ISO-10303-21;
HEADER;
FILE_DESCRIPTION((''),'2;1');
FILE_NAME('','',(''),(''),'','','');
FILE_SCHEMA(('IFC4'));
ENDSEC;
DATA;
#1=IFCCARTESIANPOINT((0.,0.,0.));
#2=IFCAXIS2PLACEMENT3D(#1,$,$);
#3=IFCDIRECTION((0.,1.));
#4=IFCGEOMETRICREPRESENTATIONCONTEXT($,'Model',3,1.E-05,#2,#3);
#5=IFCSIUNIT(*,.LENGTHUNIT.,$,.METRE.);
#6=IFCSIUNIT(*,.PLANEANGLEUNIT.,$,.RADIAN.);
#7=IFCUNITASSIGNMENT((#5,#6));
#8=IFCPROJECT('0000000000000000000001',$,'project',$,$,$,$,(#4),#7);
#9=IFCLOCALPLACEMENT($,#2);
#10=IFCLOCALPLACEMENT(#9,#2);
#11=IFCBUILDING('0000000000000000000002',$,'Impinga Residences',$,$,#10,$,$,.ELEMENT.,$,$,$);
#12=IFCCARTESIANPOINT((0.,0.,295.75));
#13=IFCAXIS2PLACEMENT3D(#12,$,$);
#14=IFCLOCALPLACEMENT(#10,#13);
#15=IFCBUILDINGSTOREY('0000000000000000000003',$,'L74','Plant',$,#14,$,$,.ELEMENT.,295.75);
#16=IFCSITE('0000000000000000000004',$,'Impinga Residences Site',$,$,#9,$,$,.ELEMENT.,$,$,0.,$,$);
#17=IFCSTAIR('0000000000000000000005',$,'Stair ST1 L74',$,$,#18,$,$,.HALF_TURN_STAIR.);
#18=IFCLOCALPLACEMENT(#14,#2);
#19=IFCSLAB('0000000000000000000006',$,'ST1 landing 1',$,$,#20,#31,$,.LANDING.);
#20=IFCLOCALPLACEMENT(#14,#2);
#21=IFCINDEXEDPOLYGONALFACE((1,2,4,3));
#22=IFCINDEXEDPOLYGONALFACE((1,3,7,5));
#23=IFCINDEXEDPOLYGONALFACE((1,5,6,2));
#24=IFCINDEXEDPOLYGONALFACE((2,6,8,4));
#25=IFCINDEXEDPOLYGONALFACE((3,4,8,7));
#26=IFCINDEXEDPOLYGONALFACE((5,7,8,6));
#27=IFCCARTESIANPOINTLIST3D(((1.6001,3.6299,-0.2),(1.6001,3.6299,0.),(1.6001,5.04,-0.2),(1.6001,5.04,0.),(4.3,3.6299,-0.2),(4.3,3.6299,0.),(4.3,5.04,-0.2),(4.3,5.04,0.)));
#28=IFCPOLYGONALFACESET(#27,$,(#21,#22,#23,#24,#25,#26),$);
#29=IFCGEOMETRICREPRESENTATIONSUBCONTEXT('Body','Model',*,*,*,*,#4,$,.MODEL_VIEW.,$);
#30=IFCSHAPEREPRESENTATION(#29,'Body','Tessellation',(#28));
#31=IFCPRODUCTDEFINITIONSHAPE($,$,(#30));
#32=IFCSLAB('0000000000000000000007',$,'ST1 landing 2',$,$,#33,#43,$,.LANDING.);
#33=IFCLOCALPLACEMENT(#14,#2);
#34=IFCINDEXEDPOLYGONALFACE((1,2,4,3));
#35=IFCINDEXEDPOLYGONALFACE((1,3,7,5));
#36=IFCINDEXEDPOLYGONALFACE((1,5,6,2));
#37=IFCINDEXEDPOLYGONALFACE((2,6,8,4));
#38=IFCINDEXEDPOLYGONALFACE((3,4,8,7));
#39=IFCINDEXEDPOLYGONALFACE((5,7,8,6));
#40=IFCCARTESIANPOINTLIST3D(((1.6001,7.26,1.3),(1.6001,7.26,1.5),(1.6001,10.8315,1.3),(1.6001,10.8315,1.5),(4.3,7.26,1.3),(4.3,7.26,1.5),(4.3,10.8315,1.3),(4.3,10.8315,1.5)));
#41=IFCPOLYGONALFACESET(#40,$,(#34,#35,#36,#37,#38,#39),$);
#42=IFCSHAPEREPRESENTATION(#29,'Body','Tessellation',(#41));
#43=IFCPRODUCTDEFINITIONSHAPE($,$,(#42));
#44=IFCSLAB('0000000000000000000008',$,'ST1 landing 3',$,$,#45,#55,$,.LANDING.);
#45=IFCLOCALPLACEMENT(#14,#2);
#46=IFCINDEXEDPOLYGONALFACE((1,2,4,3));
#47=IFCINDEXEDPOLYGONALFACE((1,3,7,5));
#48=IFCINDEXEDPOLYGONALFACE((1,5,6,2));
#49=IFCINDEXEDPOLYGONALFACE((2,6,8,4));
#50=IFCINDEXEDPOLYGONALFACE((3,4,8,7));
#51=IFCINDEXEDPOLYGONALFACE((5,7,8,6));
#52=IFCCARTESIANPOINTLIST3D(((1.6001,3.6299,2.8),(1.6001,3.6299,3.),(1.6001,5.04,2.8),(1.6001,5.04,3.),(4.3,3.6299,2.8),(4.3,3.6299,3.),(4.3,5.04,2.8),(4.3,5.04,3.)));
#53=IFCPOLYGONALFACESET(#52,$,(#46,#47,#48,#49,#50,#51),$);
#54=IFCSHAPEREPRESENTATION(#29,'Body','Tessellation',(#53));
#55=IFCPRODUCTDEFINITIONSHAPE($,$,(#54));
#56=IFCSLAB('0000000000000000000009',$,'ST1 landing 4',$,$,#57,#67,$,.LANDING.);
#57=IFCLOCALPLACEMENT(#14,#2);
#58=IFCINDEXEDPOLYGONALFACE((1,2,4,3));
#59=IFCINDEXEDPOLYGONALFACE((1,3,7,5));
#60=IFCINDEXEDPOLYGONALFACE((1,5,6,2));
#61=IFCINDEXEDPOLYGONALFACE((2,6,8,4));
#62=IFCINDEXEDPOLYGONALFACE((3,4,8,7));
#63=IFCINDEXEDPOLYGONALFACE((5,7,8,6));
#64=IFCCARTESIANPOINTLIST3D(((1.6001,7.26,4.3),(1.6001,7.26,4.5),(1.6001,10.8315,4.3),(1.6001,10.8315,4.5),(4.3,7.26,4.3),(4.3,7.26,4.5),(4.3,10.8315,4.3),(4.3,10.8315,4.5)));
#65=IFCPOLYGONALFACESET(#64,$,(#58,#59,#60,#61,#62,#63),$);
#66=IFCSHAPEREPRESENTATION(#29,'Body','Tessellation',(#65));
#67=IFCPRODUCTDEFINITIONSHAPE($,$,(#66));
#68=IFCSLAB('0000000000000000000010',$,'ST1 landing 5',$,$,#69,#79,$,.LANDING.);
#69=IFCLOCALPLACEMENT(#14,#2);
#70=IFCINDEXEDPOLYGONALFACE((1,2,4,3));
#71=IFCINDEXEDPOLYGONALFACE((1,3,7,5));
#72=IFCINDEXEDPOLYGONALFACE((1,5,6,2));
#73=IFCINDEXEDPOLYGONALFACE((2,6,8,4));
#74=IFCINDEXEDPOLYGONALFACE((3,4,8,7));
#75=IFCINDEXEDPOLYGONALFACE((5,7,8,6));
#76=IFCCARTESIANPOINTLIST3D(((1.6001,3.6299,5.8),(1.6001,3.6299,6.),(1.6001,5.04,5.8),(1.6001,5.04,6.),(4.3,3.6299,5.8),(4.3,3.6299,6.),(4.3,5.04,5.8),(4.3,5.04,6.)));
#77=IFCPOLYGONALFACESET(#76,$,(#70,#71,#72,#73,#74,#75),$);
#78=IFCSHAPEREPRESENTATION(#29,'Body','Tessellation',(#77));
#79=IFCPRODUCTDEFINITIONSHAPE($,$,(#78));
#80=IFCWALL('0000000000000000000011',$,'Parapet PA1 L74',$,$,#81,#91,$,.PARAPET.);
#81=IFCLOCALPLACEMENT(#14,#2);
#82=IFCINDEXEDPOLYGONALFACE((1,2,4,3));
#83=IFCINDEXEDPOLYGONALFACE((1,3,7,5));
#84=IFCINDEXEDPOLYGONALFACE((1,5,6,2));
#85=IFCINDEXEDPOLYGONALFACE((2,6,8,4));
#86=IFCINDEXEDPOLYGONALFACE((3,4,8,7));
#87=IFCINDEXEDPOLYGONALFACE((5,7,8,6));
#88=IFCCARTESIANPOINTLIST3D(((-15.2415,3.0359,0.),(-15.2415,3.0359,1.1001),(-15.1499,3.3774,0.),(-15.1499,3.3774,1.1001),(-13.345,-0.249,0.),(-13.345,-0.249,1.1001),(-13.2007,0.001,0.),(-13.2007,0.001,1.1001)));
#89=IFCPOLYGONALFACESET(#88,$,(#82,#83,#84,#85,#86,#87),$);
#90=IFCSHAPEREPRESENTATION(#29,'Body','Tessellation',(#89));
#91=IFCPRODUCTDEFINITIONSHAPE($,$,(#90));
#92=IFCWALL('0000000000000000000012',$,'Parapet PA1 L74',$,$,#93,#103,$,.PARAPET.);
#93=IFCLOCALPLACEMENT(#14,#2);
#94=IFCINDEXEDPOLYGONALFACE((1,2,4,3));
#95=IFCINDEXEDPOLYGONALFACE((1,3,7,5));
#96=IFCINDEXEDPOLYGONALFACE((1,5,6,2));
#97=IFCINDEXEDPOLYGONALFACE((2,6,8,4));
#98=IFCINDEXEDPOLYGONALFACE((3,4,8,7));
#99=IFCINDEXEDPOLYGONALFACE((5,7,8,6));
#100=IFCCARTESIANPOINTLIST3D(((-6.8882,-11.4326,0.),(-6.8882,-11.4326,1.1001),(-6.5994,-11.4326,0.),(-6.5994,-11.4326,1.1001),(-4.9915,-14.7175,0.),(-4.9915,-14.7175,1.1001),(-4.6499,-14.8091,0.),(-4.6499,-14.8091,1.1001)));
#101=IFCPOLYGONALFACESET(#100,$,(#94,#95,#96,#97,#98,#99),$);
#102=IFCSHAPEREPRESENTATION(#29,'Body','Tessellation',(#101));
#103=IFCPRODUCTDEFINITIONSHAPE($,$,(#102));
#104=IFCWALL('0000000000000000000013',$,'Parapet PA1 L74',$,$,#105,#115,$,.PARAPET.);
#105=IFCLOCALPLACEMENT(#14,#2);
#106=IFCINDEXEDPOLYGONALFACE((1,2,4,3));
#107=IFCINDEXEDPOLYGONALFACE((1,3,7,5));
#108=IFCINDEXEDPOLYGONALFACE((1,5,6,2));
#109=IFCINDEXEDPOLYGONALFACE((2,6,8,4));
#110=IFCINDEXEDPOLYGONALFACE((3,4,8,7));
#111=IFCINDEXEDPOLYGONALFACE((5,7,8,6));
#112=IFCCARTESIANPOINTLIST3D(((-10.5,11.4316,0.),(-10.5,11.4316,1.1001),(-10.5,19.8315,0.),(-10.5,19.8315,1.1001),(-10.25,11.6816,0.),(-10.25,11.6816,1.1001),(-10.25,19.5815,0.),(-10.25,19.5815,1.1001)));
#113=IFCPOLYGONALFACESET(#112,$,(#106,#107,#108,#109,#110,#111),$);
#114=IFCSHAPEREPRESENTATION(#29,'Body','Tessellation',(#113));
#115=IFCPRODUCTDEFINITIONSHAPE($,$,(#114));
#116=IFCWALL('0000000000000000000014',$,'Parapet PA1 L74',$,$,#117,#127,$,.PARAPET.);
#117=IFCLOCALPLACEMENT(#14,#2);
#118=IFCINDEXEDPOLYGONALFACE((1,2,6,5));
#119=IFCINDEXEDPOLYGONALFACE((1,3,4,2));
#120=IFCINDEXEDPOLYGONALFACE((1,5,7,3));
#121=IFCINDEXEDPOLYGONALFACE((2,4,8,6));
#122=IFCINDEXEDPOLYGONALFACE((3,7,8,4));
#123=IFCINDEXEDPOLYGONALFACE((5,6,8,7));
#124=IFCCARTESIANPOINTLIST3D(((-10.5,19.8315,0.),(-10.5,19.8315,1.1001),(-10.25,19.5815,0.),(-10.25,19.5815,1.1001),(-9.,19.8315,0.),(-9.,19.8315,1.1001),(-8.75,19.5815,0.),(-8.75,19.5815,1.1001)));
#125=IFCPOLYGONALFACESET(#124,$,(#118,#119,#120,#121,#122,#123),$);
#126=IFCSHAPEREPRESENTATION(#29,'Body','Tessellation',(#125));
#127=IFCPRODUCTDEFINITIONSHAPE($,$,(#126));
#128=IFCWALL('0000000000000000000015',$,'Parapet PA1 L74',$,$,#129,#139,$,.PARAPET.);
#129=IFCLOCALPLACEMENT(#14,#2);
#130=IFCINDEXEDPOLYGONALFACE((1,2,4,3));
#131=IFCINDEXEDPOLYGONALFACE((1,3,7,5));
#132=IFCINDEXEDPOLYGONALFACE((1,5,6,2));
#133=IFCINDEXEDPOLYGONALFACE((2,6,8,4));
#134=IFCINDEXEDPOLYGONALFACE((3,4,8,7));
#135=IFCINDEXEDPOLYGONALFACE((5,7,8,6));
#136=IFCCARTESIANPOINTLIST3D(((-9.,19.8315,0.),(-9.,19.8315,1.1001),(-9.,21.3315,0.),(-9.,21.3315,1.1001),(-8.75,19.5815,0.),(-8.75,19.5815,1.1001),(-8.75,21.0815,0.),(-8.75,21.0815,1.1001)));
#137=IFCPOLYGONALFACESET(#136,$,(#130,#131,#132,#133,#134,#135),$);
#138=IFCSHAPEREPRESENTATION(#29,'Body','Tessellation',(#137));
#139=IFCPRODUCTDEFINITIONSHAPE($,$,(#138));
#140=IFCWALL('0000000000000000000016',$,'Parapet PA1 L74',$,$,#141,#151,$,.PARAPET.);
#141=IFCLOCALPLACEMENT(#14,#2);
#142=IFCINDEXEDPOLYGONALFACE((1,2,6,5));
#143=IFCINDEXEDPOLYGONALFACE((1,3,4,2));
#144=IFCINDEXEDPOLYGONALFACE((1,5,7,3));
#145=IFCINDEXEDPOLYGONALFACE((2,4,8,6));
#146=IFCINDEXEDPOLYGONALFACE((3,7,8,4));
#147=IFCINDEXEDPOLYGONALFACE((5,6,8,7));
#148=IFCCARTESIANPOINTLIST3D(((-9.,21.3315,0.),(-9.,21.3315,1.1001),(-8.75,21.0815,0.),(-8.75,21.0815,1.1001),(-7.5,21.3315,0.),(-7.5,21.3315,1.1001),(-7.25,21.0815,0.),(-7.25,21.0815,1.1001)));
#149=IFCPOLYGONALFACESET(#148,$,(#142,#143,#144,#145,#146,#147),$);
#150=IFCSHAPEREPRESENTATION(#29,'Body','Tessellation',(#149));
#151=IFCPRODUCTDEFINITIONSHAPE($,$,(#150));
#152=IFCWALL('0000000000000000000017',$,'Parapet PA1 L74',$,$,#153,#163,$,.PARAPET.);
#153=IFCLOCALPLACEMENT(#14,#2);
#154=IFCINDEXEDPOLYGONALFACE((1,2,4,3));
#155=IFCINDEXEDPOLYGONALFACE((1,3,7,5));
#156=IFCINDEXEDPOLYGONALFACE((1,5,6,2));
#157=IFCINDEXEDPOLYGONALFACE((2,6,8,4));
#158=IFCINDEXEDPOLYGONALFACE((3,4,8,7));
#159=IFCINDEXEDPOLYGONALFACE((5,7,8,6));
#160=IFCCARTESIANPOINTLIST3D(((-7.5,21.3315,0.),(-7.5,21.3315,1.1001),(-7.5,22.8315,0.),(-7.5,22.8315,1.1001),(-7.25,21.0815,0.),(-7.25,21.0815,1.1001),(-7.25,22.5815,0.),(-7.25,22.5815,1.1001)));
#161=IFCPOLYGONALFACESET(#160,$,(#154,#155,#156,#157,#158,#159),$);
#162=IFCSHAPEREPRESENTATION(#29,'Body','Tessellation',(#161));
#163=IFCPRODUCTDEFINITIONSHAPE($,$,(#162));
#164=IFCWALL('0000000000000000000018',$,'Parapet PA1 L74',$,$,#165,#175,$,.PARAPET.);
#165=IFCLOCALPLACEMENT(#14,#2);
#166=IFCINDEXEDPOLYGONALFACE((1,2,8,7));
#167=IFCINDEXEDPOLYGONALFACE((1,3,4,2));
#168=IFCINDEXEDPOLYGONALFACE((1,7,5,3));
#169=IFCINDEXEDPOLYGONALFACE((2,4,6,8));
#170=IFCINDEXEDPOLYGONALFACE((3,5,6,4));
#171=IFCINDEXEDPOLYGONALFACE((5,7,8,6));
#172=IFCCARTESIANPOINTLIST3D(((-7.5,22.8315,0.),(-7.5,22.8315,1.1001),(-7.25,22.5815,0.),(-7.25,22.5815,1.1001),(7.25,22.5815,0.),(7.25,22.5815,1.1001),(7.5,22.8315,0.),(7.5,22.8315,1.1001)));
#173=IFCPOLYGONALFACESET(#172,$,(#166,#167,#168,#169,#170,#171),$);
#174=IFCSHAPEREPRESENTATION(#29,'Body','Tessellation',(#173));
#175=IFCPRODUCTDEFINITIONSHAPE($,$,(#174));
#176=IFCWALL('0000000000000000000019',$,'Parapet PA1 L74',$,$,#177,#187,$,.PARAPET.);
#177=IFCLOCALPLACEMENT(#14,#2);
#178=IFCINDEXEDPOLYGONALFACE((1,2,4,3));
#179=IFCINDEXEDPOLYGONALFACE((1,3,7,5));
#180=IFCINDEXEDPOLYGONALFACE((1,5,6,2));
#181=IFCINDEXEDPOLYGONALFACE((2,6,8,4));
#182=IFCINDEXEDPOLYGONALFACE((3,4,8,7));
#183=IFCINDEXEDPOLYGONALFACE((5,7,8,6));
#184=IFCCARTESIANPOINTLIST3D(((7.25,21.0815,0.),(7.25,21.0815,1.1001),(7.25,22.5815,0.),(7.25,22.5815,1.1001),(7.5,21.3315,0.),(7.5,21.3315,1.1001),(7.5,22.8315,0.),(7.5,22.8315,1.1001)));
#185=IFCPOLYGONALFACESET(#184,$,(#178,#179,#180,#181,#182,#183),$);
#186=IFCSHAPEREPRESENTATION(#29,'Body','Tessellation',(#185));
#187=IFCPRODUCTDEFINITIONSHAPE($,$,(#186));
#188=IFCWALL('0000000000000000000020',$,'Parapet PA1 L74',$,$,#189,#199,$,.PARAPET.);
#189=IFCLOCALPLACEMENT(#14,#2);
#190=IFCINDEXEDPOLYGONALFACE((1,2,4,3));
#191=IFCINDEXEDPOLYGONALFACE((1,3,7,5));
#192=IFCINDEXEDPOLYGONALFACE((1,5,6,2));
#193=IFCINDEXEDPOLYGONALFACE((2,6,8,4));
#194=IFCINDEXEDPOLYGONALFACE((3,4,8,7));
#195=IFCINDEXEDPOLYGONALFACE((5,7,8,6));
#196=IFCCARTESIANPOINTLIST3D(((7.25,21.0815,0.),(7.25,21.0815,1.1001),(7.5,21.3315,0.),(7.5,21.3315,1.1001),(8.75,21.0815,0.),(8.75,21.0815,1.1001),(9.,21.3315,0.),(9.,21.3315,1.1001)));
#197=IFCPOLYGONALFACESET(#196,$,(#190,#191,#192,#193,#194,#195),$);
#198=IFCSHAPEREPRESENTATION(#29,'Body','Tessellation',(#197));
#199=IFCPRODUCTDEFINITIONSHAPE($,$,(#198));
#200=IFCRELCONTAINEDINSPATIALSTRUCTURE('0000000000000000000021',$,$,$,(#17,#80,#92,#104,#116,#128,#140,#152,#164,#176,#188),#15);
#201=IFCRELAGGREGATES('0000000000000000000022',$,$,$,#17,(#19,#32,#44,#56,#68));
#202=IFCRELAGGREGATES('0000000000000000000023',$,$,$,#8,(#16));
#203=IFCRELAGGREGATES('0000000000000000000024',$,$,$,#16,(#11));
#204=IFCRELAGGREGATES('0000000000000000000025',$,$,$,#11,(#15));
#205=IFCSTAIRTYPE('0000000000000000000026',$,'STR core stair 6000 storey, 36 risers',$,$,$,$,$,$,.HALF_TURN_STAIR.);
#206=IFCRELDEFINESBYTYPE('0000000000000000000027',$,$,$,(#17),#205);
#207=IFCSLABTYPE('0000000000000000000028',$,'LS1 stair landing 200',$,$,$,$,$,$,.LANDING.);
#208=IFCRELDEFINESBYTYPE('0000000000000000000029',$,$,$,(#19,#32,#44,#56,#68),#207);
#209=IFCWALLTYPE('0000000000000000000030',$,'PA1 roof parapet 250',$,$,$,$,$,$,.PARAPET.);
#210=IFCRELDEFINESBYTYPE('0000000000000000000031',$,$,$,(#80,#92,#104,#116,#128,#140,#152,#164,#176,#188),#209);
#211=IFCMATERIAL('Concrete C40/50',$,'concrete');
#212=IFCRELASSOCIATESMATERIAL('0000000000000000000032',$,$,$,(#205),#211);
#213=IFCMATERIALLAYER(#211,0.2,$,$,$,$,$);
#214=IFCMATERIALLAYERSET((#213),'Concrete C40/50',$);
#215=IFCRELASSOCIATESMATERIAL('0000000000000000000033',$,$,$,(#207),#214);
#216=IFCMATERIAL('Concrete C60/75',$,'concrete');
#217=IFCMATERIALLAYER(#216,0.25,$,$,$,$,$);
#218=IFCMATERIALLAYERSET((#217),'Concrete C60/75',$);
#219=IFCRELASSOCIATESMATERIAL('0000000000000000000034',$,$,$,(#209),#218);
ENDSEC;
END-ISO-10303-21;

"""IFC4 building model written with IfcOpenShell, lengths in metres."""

from ifc_helpers import new_model, si_unit, direction, frame, origin, place, context, subcontext, project, spatial, polyline, outline, extrude, material, layer, layer_set, type_object, element, aggregate, save


model = new_model("IFC4")

# Units and contexts
model_context = context("Model", 3, precision=1e-05, world=origin(), true_north=direction((0.0, 1.0)))
body_context = subcontext(model_context, "Body", "Model", "MODEL_VIEW")
ifc_project = project(units=[si_unit("LENGTHUNIT", "METRE"), si_unit("PLANEANGLEUNIT", "RADIAN")], contexts=[model_context])

# Site, building, storey
site_placement = place(None, origin())
site = spatial("IfcSite", under=ifc_project, at=site_placement, Name="Impinga Residences Site", CompositionType="ELEMENT", RefElevation=0.0)
building_placement = place(site_placement, origin())
building = spatial("IfcBuilding", under=site, at=building_placement, Name="Impinga Residences", CompositionType="ELEMENT")
storey_placement = place(building_placement, frame((0.0, 0.0, 295.75)))
storey = spatial("IfcBuildingStorey", under=building, at=storey_placement, Name="L74", Description="Plant", CompositionType="ELEMENT", Elevation=295.75)

# Stair, slabs
ifc_material_1 = material(Name="Concrete C40/50", Category="concrete")
stair_type = type_object("IfcStairType", Name="STR core stair 6000 storey, 36 risers", PredefinedType="HALF_TURN_STAIR", material=ifc_material_1)
stair_placement = place(storey_placement, origin())
stair = element("IfcStair", 1, at=stair_placement, inside=storey, type_object=stair_type, Name="Stair ST1 L74", PredefinedType="HALF_TURN_STAIR")
ifc_layer_1 = layer(ifc_material_1, 0.2)
ifc_layer_set_1 = layer_set([ifc_layer_1], Name="Concrete C40/50")
slab_type = type_object("IfcSlabType", Name="LS1 stair landing 200", PredefinedType="LANDING", material=ifc_layer_set_1)
slab_1_placement = place(storey_placement, frame((0.0, 0.0, -0.2)))
slab_1 = element("IfcSlab", 2, at=slab_1_placement, type_object=slab_type, Name="ST1 landing 1", PredefinedType="LANDING", context=body_context, shape_type="SweptSolid", body=[
    extrude(outline(polyline([(1.6001, 3.6299), (4.3, 3.6299), (4.3, 5.04), (1.6001, 5.04), (1.6001, 3.6299)])), origin(), (0.0, 0.0, 1.0), 0.2),
])
slab_2_placement = place(storey_placement, frame((0.0, 0.0, 1.3)))
slab_2 = element("IfcSlab", 3, at=slab_2_placement, type_object=slab_type, Name="ST1 landing 2", PredefinedType="LANDING", context=body_context, shape_type="SweptSolid", body=[
    extrude(outline(polyline([(1.6001, 7.26), (4.3, 7.26), (4.3, 10.8315), (1.6001, 10.8315), (1.6001, 7.26)])), origin(), (0.0, 0.0, 1.0), 0.2),
])
slab_3_placement = place(storey_placement, frame((0.0, 0.0, 2.8)))
slab_3 = element("IfcSlab", 4, at=slab_3_placement, type_object=slab_type, Name="ST1 landing 3", PredefinedType="LANDING", context=body_context, shape_type="SweptSolid", body=[
    extrude(outline(polyline([(1.6001, 3.6299), (4.3, 3.6299), (4.3, 5.04), (1.6001, 5.04), (1.6001, 3.6299)])), origin(), (0.0, 0.0, 1.0), 0.2),
])
slab_4_placement = place(storey_placement, frame((0.0, 0.0, 4.3)))
slab_4 = element("IfcSlab", 5, at=slab_4_placement, type_object=slab_type, Name="ST1 landing 4", PredefinedType="LANDING", context=body_context, shape_type="SweptSolid", body=[
    extrude(outline(polyline([(1.6001, 7.26), (4.3, 7.26), (4.3, 10.8315), (1.6001, 10.8315), (1.6001, 7.26)])), origin(), (0.0, 0.0, 1.0), 0.2),
])
slab_5_placement = place(storey_placement, frame((0.0, 0.0, 5.8)))
slab_5 = element("IfcSlab", 6, at=slab_5_placement, type_object=slab_type, Name="ST1 landing 5", PredefinedType="LANDING", context=body_context, shape_type="SweptSolid", body=[
    extrude(outline(polyline([(1.6001, 3.6299), (4.3, 3.6299), (4.3, 5.04), (1.6001, 5.04), (1.6001, 3.6299)])), origin(), (0.0, 0.0, 1.0), 0.2),
])
aggregate(stair, [slab_1, slab_2, slab_3, slab_4, slab_5])

# Walls
ifc_material_2 = material(Name="Concrete C60/75", Category="concrete")
ifc_layer_2 = layer(ifc_material_2, 0.25)
ifc_layer_set_2 = layer_set([ifc_layer_2], Name="Concrete C60/75")
wall_type_1 = type_object("IfcWallType", Name="PA1 roof parapet 250", PredefinedType="PARAPET", material=ifc_layer_set_2)
wall_1_placement = place(storey_placement, origin())
element("IfcWall", 7, at=wall_1_placement, inside=storey, type_object=wall_type_1, Name="Parapet PA1 L74", PredefinedType="PARAPET", context=body_context, shape_type="SweptSolid", body=[
    extrude(outline(polyline([(-15.1499, 3.3774), (-13.2007, 0.001), (-13.345, -0.249), (-15.2415, 3.0359), (-15.1499, 3.3774)])), origin(), (0.0, 0.0, 1.0), 1.1001),
])
wall_2_placement = place(storey_placement, origin())
element("IfcWall", 8, at=wall_2_placement, inside=storey, type_object=wall_type_1, Name="Parapet PA1 L74", PredefinedType="PARAPET", context=body_context, shape_type="SweptSolid", body=[
    extrude(outline(polyline([(-6.5994, -11.4326), (-4.6499, -14.8091), (-4.9915, -14.7175), (-6.8882, -11.4326), (-6.5994, -11.4326)])), origin(), (0.0, 0.0, 1.0), 1.1001),
])
wall_3_placement = place(storey_placement, origin())
element("IfcWall", 9, at=wall_3_placement, inside=storey, type_object=wall_type_1, Name="Parapet PA1 L74", PredefinedType="PARAPET", context=body_context, shape_type="SweptSolid", body=[
    extrude(outline(polyline([(-10.5, 11.4316), (-10.5, 19.8315), (-10.25, 19.5815), (-10.25, 11.6816), (-10.5, 11.4316)])), origin(), (0.0, 0.0, 1.0), 1.1001),
])
wall_4_placement = place(storey_placement, origin())
element("IfcWall", 10, at=wall_4_placement, inside=storey, type_object=wall_type_1, Name="Parapet PA1 L74", PredefinedType="PARAPET", context=body_context, shape_type="SweptSolid", body=[
    extrude(outline(polyline([(-10.5, 19.8315), (-9.0, 19.8315), (-8.75, 19.5815), (-10.25, 19.5815), (-10.5, 19.8315)])), origin(), (0.0, 0.0, 1.0), 1.1001),
])
wall_5_placement = place(storey_placement, origin())
element("IfcWall", 11, at=wall_5_placement, inside=storey, type_object=wall_type_1, Name="Parapet PA1 L74", PredefinedType="PARAPET", context=body_context, shape_type="SweptSolid", body=[
    extrude(outline(polyline([(-9.0, 19.8315), (-9.0, 21.3315), (-8.75, 21.0815), (-8.75, 19.5815), (-9.0, 19.8315)])), origin(), (0.0, 0.0, 1.0), 1.1001),
])
wall_6_placement = place(storey_placement, origin())
element("IfcWall", 12, at=wall_6_placement, inside=storey, type_object=wall_type_1, Name="Parapet PA1 L74", PredefinedType="PARAPET", context=body_context, shape_type="SweptSolid", body=[
    extrude(outline(polyline([(-9.0, 21.3315), (-7.5, 21.3315), (-7.25, 21.0815), (-8.75, 21.0815), (-9.0, 21.3315)])), origin(), (0.0, 0.0, 1.0), 1.1001),
])
wall_7_placement = place(storey_placement, origin())
element("IfcWall", 13, at=wall_7_placement, inside=storey, type_object=wall_type_1, Name="Parapet PA1 L74", PredefinedType="PARAPET", context=body_context, shape_type="SweptSolid", body=[
    extrude(outline(polyline([(-7.5, 21.3315), (-7.5, 22.8315), (-7.25, 22.5815), (-7.25, 21.0815), (-7.5, 21.3315)])), origin(), (0.0, 0.0, 1.0), 1.1001),
])
wall_8_placement = place(storey_placement, origin())
element("IfcWall", 14, at=wall_8_placement, inside=storey, type_object=wall_type_1, Name="Parapet PA1 L74", PredefinedType="PARAPET", context=body_context, shape_type="SweptSolid", body=[
    extrude(outline(polyline([(-7.5, 22.8315), (7.5, 22.8315), (7.25, 22.5815), (-7.25, 22.5815), (-7.5, 22.8315)])), origin(), (0.0, 0.0, 1.0), 1.1001),
])
wall_9_placement = place(storey_placement, origin())
element("IfcWall", 15, at=wall_9_placement, inside=storey, type_object=wall_type_1, Name="Parapet PA1 L74", PredefinedType="PARAPET", context=body_context, shape_type="SweptSolid", body=[
    extrude(outline(polyline([(7.5, 22.8315), (7.5, 21.3315), (7.25, 21.0815), (7.25, 22.5815), (7.5, 22.8315)])), origin(), (0.0, 0.0, 1.0), 1.1001),
])
wall_10_placement = place(storey_placement, origin())
element("IfcWall", 16, at=wall_10_placement, inside=storey, type_object=wall_type_1, Name="Parapet PA1 L74", PredefinedType="PARAPET", context=body_context, shape_type="SweptSolid", body=[
    extrude(outline(polyline([(7.5, 21.3315), (9.0, 21.3315), (8.75, 21.0815), (7.25, 21.0815), (7.5, 21.3315)])), origin(), (0.0, 0.0, 1.0), 1.1001),
])

save(model, "model.ifc")
